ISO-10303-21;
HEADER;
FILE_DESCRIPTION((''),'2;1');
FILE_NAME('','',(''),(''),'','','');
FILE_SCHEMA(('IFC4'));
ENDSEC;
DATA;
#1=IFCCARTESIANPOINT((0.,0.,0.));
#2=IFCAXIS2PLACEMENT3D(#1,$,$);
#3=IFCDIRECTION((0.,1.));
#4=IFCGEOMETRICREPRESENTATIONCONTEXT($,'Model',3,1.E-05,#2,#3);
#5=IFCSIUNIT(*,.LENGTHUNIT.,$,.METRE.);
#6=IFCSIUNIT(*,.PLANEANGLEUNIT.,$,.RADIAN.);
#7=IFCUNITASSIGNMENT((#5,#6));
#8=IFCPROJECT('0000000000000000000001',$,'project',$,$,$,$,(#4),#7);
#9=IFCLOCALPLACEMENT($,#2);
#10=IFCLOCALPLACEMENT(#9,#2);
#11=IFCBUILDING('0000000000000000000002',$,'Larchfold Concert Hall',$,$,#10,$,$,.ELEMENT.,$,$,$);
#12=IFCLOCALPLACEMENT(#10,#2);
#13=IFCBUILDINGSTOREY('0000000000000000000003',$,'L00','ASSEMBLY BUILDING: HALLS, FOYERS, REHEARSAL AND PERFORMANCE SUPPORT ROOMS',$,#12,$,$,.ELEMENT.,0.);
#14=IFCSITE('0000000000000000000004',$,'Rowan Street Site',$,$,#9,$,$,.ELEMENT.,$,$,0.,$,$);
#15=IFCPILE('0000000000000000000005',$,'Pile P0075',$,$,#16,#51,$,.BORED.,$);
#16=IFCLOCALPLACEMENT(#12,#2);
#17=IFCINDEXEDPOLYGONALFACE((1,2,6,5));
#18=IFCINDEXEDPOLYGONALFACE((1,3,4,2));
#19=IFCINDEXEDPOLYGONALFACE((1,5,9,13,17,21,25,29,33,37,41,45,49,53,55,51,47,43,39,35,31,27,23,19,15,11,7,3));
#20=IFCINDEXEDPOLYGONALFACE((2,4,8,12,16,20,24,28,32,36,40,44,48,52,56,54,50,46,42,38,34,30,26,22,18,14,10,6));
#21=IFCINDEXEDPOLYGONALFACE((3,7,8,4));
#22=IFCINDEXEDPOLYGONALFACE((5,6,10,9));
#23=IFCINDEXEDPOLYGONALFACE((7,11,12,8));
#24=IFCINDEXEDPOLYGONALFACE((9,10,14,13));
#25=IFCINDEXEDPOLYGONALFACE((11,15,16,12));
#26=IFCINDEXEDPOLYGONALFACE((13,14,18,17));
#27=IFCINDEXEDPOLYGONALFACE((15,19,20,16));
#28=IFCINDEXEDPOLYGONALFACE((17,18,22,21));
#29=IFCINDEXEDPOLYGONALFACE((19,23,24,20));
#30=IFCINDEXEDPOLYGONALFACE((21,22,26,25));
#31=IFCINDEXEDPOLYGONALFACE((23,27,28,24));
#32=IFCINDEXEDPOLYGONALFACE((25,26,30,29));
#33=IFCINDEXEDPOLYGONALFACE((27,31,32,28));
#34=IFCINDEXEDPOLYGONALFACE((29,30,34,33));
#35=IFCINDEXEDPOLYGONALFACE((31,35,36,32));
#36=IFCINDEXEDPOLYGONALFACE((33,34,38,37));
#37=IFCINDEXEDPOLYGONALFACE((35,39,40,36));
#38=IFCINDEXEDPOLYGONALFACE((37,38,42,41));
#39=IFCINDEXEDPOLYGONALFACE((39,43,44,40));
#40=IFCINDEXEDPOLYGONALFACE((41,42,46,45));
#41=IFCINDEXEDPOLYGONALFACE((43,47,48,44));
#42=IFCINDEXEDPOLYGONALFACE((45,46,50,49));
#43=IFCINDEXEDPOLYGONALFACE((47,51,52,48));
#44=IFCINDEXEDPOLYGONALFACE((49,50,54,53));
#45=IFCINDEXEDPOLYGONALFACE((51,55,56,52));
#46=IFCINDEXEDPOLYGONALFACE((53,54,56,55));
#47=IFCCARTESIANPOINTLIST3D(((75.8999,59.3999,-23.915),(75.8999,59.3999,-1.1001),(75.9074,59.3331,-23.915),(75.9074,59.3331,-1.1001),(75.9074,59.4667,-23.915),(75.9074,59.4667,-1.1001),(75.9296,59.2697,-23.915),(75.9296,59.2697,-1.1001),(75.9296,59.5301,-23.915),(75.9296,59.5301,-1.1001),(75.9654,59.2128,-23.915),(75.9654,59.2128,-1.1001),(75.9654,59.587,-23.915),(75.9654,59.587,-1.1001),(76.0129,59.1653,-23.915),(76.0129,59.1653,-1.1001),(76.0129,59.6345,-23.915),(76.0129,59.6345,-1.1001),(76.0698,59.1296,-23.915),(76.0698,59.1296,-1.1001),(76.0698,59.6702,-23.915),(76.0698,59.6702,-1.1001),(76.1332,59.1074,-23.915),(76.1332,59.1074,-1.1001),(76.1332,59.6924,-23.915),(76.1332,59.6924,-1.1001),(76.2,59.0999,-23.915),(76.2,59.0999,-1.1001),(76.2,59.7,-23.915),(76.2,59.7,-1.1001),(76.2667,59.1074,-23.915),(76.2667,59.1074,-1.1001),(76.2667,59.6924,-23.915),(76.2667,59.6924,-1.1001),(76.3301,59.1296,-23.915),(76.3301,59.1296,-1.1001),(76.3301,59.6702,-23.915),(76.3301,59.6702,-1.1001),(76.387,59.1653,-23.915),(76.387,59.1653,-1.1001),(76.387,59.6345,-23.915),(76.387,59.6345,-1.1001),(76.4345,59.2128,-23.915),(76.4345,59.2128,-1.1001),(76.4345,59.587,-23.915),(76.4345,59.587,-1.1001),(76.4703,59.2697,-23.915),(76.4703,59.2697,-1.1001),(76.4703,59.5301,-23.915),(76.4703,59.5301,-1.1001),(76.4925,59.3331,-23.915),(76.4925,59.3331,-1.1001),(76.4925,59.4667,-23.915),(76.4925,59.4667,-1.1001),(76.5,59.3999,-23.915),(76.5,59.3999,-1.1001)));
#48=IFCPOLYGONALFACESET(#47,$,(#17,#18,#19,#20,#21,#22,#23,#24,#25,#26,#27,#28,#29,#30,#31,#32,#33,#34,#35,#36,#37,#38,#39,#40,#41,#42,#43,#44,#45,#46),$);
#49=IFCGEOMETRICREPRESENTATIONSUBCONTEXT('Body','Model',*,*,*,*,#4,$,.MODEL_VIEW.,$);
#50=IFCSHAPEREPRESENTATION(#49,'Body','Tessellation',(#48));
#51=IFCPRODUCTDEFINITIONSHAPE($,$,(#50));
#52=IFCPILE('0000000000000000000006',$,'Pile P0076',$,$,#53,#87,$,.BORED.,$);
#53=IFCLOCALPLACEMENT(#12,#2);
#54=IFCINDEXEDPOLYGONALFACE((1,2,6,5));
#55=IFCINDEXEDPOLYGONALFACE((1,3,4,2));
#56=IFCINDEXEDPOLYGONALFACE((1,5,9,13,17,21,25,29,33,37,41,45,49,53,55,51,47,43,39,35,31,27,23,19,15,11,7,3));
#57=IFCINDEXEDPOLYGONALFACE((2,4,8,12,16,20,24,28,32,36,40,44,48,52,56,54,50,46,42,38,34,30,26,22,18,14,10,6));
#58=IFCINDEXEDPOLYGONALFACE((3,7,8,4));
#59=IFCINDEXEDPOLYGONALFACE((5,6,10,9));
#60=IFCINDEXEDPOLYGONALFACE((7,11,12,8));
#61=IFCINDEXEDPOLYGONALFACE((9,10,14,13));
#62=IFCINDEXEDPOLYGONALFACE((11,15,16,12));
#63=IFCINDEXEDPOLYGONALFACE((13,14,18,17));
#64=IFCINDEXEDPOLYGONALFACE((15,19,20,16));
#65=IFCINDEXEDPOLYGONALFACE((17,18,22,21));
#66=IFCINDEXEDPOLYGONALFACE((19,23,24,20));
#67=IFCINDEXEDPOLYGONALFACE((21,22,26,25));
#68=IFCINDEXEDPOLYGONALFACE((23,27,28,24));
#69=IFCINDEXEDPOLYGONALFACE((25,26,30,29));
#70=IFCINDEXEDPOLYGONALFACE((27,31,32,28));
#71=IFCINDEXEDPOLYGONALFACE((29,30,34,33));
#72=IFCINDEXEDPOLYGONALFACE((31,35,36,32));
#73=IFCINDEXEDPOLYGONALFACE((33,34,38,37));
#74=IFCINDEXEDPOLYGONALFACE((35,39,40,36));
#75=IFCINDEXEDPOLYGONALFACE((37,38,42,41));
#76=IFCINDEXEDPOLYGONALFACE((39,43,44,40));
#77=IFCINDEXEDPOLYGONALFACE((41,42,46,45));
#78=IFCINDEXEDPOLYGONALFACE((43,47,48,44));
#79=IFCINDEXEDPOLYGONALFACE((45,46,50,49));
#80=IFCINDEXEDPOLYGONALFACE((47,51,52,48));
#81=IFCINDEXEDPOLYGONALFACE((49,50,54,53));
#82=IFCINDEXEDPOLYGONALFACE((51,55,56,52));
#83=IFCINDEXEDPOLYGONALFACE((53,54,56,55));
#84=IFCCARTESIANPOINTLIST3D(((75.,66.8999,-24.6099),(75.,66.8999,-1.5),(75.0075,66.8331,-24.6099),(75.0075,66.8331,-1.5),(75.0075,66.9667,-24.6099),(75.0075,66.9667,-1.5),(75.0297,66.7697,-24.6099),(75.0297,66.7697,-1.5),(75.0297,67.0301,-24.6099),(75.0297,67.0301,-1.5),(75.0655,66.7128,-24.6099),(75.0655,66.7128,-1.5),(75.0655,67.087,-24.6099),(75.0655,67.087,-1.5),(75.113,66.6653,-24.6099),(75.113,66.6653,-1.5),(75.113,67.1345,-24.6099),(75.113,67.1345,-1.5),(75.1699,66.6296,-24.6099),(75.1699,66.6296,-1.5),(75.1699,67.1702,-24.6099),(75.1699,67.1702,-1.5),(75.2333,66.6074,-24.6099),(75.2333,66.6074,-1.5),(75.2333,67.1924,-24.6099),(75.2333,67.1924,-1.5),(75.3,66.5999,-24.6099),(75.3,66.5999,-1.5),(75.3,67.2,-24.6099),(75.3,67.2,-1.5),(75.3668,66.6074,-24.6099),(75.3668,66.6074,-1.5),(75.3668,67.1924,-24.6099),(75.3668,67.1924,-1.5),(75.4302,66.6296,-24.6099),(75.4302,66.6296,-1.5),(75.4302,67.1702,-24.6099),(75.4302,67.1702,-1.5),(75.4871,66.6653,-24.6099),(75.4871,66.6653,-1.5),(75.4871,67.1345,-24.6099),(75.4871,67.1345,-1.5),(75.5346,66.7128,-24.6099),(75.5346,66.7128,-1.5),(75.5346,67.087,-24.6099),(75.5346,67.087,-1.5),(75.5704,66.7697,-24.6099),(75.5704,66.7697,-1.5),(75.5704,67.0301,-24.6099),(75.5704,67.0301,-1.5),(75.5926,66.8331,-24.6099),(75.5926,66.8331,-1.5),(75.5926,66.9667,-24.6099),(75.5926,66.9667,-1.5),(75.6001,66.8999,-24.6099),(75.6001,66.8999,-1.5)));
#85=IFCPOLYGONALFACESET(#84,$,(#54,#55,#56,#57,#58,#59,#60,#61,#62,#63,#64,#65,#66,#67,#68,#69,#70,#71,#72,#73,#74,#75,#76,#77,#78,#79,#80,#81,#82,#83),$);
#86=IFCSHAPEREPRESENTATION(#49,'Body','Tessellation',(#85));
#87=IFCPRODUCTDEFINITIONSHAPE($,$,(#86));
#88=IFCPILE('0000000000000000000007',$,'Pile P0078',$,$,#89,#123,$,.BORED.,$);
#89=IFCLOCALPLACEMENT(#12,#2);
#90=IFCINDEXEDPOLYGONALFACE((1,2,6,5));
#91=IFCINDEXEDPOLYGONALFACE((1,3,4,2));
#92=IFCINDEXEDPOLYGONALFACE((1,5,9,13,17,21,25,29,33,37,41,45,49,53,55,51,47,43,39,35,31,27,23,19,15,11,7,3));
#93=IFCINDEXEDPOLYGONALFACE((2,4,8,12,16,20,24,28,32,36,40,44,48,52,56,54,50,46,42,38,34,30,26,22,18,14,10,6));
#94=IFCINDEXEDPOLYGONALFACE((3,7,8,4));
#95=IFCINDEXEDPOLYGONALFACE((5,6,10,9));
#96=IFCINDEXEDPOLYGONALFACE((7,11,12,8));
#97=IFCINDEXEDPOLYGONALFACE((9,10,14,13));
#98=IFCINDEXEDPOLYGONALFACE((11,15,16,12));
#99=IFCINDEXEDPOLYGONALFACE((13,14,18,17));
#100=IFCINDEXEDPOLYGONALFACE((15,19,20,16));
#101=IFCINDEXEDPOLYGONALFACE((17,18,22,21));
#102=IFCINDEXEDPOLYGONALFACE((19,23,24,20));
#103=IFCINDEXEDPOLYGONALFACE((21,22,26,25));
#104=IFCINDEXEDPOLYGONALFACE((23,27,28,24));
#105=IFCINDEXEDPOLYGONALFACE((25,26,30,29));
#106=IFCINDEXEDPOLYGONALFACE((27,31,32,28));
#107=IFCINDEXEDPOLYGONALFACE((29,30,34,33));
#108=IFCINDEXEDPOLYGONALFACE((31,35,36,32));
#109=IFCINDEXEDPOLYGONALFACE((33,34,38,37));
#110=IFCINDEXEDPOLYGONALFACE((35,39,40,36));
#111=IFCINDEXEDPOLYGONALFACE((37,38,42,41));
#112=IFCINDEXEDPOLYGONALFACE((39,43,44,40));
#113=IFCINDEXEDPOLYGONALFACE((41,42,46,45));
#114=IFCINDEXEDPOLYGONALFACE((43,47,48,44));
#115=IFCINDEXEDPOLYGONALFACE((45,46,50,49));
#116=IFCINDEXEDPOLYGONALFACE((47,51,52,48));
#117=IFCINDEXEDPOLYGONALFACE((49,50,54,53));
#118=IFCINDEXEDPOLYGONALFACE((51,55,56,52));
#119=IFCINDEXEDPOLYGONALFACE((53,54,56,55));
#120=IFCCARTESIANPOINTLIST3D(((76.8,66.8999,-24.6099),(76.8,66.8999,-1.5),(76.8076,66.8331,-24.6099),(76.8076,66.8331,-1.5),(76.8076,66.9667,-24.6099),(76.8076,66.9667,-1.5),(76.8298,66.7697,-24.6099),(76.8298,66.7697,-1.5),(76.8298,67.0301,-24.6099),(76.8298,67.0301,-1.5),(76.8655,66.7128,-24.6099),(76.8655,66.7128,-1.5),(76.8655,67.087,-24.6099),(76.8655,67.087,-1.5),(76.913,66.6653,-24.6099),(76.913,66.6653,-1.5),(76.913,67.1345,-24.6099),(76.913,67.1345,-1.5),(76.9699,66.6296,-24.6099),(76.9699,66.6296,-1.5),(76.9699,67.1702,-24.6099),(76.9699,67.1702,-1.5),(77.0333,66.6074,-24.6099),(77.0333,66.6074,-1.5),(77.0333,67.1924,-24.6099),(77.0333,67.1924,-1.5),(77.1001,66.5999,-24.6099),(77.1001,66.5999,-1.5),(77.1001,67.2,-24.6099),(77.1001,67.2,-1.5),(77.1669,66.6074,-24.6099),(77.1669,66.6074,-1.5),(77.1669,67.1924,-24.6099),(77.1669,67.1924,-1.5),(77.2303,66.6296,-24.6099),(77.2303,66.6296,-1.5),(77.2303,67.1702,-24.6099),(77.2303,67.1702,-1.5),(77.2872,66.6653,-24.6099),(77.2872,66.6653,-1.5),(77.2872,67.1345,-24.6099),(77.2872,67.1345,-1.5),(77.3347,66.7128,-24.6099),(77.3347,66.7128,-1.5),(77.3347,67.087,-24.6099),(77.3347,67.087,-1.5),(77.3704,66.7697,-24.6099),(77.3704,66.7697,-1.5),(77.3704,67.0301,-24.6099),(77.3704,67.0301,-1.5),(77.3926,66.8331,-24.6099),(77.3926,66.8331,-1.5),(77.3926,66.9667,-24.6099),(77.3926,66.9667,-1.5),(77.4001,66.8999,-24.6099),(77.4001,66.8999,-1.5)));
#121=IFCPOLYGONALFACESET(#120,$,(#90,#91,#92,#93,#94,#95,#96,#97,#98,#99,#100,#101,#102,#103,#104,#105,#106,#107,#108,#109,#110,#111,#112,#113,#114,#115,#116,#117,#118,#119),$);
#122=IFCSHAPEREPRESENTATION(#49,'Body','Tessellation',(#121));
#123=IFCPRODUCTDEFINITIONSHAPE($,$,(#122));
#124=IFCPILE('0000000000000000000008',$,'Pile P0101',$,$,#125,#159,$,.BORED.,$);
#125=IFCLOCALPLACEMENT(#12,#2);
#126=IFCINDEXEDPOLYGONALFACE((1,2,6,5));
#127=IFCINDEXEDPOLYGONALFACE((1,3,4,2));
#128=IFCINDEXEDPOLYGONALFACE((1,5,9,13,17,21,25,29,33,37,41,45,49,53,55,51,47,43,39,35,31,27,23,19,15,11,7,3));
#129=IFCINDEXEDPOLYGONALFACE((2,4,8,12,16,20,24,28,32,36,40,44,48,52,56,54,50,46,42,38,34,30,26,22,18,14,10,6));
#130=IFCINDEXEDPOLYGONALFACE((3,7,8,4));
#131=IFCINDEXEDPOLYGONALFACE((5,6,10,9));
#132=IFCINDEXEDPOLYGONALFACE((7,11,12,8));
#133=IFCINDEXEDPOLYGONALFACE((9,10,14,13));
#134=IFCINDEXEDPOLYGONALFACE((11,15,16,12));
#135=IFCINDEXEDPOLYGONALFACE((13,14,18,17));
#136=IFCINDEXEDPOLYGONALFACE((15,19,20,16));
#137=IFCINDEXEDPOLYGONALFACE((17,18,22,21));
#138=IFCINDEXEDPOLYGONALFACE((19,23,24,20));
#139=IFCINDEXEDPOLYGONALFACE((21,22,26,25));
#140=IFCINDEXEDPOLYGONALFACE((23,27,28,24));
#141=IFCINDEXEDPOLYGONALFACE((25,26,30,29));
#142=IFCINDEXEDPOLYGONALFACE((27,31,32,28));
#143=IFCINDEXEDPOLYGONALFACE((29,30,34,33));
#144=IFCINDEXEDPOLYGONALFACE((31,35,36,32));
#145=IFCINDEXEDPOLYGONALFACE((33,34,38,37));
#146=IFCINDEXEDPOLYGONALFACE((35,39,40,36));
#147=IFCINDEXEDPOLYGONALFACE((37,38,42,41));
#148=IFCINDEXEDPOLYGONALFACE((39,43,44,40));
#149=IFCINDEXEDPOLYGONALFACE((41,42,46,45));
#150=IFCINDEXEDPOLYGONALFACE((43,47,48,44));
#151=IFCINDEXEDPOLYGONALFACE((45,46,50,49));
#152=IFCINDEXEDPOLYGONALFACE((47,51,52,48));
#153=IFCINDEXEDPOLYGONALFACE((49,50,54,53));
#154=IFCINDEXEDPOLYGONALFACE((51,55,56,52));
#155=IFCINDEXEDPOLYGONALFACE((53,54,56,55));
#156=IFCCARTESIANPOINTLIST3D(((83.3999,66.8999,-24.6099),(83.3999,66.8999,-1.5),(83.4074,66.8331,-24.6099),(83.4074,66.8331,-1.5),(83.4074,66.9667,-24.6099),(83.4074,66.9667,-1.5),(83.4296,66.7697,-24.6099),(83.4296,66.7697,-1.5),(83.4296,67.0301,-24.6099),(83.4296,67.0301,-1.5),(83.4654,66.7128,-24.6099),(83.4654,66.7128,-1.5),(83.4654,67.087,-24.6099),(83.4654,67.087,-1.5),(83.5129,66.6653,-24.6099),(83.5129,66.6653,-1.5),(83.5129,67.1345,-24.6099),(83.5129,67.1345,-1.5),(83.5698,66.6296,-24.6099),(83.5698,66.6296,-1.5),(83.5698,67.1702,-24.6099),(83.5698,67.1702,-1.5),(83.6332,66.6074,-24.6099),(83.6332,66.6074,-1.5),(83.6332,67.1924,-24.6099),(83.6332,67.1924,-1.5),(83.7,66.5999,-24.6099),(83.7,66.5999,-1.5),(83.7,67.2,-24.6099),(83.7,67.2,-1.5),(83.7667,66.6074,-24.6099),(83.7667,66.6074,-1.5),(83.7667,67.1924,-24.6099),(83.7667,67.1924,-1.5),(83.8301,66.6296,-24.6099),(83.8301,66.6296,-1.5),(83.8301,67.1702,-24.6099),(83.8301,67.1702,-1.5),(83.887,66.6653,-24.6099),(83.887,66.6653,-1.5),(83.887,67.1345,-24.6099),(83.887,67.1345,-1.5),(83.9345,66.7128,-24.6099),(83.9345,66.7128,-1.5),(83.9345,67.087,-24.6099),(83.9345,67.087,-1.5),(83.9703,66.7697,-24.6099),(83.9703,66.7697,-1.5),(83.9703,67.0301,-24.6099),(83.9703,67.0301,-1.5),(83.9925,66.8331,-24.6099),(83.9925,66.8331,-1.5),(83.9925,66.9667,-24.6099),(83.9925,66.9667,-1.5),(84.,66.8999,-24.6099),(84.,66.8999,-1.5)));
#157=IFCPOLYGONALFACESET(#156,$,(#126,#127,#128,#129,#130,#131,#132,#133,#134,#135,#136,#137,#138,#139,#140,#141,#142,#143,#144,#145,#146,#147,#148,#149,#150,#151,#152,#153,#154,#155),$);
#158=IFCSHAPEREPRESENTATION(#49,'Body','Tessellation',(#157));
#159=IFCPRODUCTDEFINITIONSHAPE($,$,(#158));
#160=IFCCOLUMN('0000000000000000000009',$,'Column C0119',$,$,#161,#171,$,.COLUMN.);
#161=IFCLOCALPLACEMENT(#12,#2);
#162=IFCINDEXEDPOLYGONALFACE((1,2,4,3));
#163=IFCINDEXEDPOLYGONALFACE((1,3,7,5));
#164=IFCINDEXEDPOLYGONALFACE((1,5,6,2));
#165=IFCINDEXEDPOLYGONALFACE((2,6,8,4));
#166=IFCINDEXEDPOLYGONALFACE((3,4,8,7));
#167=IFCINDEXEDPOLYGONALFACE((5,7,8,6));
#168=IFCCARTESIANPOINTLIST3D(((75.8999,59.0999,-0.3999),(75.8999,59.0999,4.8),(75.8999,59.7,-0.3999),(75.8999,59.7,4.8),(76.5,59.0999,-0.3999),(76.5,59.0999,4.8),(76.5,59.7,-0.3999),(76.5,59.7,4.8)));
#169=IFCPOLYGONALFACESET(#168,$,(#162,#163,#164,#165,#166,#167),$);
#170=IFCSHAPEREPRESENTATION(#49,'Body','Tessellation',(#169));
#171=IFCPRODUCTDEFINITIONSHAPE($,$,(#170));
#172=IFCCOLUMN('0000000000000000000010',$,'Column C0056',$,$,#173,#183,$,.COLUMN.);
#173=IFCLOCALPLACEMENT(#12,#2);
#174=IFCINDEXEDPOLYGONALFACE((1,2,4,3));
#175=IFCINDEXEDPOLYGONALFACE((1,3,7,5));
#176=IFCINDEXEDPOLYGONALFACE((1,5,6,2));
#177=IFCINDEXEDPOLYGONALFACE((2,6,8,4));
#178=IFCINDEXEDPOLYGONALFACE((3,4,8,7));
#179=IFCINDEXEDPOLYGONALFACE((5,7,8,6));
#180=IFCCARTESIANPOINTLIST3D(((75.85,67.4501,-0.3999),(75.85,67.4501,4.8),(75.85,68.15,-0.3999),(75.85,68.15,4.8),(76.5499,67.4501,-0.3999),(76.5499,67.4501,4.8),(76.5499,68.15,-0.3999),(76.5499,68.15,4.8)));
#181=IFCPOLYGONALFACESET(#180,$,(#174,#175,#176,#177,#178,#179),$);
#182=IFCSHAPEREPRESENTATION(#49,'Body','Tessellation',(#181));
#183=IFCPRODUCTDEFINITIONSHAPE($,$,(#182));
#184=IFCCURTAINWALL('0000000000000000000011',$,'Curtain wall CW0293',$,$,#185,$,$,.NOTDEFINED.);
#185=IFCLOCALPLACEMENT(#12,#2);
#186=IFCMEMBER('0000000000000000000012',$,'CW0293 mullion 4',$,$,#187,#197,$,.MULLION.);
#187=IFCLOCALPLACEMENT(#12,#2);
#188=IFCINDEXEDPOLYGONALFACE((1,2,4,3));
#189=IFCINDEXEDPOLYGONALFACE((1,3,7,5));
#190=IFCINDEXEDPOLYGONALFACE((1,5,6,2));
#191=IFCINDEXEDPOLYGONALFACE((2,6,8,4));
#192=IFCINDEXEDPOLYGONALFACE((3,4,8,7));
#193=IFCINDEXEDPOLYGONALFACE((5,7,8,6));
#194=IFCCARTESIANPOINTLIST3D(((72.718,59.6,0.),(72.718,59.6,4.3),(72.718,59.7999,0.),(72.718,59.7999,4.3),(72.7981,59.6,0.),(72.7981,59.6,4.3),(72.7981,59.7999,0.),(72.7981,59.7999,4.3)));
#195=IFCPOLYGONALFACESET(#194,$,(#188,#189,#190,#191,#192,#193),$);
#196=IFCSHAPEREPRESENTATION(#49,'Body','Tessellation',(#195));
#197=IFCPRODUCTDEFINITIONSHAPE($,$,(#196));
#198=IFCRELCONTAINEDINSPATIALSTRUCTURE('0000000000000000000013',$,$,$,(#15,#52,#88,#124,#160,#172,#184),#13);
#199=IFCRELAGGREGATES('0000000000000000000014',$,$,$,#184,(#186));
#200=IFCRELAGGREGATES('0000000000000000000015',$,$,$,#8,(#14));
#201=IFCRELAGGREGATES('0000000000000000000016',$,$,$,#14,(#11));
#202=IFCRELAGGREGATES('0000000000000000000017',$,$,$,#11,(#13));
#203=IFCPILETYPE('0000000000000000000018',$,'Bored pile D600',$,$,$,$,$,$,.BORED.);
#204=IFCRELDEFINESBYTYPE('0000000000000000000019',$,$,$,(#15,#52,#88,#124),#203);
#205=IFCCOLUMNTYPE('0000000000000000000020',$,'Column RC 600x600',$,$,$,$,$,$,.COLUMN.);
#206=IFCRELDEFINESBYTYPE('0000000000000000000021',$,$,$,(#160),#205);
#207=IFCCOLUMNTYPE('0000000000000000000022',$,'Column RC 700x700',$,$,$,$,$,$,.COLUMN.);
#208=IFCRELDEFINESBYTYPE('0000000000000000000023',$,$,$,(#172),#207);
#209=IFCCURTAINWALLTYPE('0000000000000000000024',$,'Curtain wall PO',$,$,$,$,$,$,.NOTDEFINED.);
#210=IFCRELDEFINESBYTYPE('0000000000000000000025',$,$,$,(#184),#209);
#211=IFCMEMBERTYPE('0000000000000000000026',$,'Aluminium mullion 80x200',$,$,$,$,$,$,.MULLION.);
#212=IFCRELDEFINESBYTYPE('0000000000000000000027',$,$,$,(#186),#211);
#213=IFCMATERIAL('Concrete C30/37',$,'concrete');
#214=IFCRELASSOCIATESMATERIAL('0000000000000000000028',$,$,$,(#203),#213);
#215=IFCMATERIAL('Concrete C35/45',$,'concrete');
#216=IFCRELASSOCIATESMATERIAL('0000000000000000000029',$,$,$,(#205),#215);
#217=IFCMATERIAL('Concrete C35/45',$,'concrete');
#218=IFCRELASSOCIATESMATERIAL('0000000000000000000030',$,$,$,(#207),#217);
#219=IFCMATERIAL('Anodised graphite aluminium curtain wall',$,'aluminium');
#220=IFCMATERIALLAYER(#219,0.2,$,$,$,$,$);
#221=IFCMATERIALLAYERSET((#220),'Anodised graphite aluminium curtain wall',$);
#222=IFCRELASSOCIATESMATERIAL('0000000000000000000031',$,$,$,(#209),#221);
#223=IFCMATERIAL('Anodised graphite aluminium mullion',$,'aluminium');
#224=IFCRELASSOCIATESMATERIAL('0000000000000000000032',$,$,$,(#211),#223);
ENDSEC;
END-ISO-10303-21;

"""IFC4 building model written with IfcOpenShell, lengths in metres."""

from ifc_helpers import new_model, si_unit, direction, frame, origin, origin_2d, place, context, subcontext, project, spatial, rectangle, circle, extrude, material, layer, layer_set, material_profile, profile_set, type_object, element, aggregate, save


model = new_model("IFC4")

# Units and contexts
model_context = context("Model", 3, precision=1e-05, world=origin(), true_north=direction((0.0, 1.0)))
body_context = subcontext(model_context, "Body", "Model", "MODEL_VIEW")
ifc_project = project(units=[si_unit("LENGTHUNIT", "METRE"), si_unit("PLANEANGLEUNIT", "RADIAN")], contexts=[model_context])

# Site, building, storey
site_placement = place(None, origin())
site = spatial("IfcSite", under=ifc_project, at=site_placement, Name="Rowan Street Site", CompositionType="ELEMENT", RefElevation=0.0)
building_placement = place(site_placement, origin())
building = spatial("IfcBuilding", under=site, at=building_placement, Name="Larchfold Concert Hall", CompositionType="ELEMENT")
storey_placement = place(building_placement, origin())
storey = spatial("IfcBuildingStorey", under=building, at=storey_placement, Name="L00", Description="ASSEMBLY BUILDING: HALLS, FOYERS, REHEARSAL AND PERFORMANCE SUPPORT ROOMS", CompositionType="ELEMENT", Elevation=0.0)

# Piles
ifc_material_1 = material(Name="Concrete C30/37", Category="concrete")
ifc_material_profile_1 = material_profile(ifc_material_1, circle(Radius=0.3, at=origin_2d()))
ifc_profile_set_1 = profile_set([ifc_material_profile_1], Name="Concrete C30/37")
pile_type = type_object("IfcPileType", Name="Bored pile D600", PredefinedType="BORED", material=ifc_profile_set_1)
pile_placement = place(storey_placement, frame((76.2, 59.3999, -1.1001), z_axis=(0.0, 0.0, -1.0), x_axis=(1.0, 0.0, 0.0)))
element("IfcPile", 1, at=pile_placement, inside=storey, type_object=pile_type, Name="Pile P0075", PredefinedType="BORED", context=body_context, shape_type="SweptSolid", body=[
    extrude(circle(Radius=0.3, at=origin_2d()), origin(), (0.0, 0.0, 1.0), 22.8149),
])
for number, where, z_axis, x_axis, name in (
    (2, (75.3, 66.8999, -1.5), (0.0, 0.0, -1.0), (1.0, 0.0, 0.0), "Pile P0076"),
    (3, (77.1001, 66.8999, -1.5), (0.0, 0.0, -1.0), (1.0, 0.0, 0.0), "Pile P0078"),
    (4, (83.7, 66.8999, -1.5), (0.0, 0.0, -1.0), (1.0, 0.0, 0.0), "Pile P0101"),
):
    element("IfcPile", number, at=place(storey_placement, frame(where, z_axis=z_axis, x_axis=x_axis)), inside=storey, type_object=pile_type, Name=name, PredefinedType="BORED", context=body_context, shape_type="SweptSolid", body=[
        extrude(circle(Radius=0.3, at=origin_2d()), origin(), (0.0, 0.0, 1.0), 23.1099),
    ])

# Columns
ifc_material_2 = material(Name="Concrete C35/45", Category="concrete")
ifc_material_profile_2 = material_profile(ifc_material_2, rectangle(XDim=0.6001, YDim=0.6001, at=origin_2d()))
ifc_profile_set_2 = profile_set([ifc_material_profile_2], Name="Concrete C35/45")
column_type_1 = type_object("IfcColumnType", Name="Column RC 600x600", PredefinedType="COLUMN", material=ifc_profile_set_2)
column_1_placement = place(storey_placement, frame((76.2, 59.3999, -0.3999), z_axis=(0.0, 0.0, 1.0), x_axis=(1.0, 0.0, 0.0)))
element("IfcColumn", 5, at=column_1_placement, inside=storey, type_object=column_type_1, Name="Column C0119", PredefinedType="COLUMN", context=body_context, shape_type="SweptSolid", body=[
    extrude(rectangle(XDim=0.6001, YDim=0.6001, at=origin_2d()), origin(), (0.0, 0.0, 1.0), 5.2),
])
ifc_material_3 = material(Name="Concrete C35/45", Category="concrete")
ifc_material_profile_3 = material_profile(ifc_material_3, rectangle(XDim=0.7, YDim=0.7, at=origin_2d()))
ifc_profile_set_3 = profile_set([ifc_material_profile_3], Name="Concrete C35/45")
column_type_2 = type_object("IfcColumnType", Name="Column RC 700x700", PredefinedType="COLUMN", material=ifc_profile_set_3)
column_2_placement = place(storey_placement, frame((76.2, 67.8, -0.3999), z_axis=(0.0, 0.0, 1.0), x_axis=(1.0, 0.0, 0.0)))
element("IfcColumn", 6, at=column_2_placement, inside=storey, type_object=column_type_2, Name="Column C0056", PredefinedType="COLUMN", context=body_context, shape_type="SweptSolid", body=[
    extrude(rectangle(XDim=0.7, YDim=0.7, at=origin_2d()), origin(), (0.0, 0.0, 1.0), 5.2),
])

# Curtain wall, member
ifc_material_4 = material(Name="Anodised graphite aluminium curtain wall", Category="aluminium")
ifc_layer_1 = layer(ifc_material_4, 0.2)
ifc_layer_set_1 = layer_set([ifc_layer_1], Name="Anodised graphite aluminium curtain wall")
curtain_wall_type = type_object("IfcCurtainWallType", Name="Curtain wall PO", PredefinedType="NOTDEFINED", material=ifc_layer_set_1)
curtain_wall_placement = place(storey_placement, origin())
curtain_wall = element("IfcCurtainWall", 7, at=curtain_wall_placement, inside=storey, type_object=curtain_wall_type, Name="Curtain wall CW0293", PredefinedType="NOTDEFINED")
ifc_material_5 = material(Name="Anodised graphite aluminium mullion", Category="aluminium")
ifc_material_profile_4 = material_profile(ifc_material_5, rectangle(XDim=0.2, YDim=0.0801, at=origin_2d()))
ifc_profile_set_4 = profile_set([ifc_material_profile_4], Name="Anodised graphite aluminium mullion")
member_type_1 = type_object("IfcMemberType", Name="Aluminium mullion 80x200", PredefinedType="MULLION", material=ifc_profile_set_4)
member_1_placement = place(storey_placement, frame((72.7581, 59.7, 0.0), z_axis=(0.0, 0.0, 1.0), x_axis=(0.0, 1.0, 0.0)))
member_1 = element("IfcMember", 8, at=member_1_placement, type_object=member_type_1, Name="CW0293 mullion 4", PredefinedType="MULLION", context=body_context, shape_type="SweptSolid", body=[
    extrude(rectangle(XDim=0.2, YDim=0.0801, at=origin_2d()), origin(), (0.0, 0.0, 1.0), 4.3),
])
aggregate(curtain_wall, [member_1])

save(model, "model.ifc")
